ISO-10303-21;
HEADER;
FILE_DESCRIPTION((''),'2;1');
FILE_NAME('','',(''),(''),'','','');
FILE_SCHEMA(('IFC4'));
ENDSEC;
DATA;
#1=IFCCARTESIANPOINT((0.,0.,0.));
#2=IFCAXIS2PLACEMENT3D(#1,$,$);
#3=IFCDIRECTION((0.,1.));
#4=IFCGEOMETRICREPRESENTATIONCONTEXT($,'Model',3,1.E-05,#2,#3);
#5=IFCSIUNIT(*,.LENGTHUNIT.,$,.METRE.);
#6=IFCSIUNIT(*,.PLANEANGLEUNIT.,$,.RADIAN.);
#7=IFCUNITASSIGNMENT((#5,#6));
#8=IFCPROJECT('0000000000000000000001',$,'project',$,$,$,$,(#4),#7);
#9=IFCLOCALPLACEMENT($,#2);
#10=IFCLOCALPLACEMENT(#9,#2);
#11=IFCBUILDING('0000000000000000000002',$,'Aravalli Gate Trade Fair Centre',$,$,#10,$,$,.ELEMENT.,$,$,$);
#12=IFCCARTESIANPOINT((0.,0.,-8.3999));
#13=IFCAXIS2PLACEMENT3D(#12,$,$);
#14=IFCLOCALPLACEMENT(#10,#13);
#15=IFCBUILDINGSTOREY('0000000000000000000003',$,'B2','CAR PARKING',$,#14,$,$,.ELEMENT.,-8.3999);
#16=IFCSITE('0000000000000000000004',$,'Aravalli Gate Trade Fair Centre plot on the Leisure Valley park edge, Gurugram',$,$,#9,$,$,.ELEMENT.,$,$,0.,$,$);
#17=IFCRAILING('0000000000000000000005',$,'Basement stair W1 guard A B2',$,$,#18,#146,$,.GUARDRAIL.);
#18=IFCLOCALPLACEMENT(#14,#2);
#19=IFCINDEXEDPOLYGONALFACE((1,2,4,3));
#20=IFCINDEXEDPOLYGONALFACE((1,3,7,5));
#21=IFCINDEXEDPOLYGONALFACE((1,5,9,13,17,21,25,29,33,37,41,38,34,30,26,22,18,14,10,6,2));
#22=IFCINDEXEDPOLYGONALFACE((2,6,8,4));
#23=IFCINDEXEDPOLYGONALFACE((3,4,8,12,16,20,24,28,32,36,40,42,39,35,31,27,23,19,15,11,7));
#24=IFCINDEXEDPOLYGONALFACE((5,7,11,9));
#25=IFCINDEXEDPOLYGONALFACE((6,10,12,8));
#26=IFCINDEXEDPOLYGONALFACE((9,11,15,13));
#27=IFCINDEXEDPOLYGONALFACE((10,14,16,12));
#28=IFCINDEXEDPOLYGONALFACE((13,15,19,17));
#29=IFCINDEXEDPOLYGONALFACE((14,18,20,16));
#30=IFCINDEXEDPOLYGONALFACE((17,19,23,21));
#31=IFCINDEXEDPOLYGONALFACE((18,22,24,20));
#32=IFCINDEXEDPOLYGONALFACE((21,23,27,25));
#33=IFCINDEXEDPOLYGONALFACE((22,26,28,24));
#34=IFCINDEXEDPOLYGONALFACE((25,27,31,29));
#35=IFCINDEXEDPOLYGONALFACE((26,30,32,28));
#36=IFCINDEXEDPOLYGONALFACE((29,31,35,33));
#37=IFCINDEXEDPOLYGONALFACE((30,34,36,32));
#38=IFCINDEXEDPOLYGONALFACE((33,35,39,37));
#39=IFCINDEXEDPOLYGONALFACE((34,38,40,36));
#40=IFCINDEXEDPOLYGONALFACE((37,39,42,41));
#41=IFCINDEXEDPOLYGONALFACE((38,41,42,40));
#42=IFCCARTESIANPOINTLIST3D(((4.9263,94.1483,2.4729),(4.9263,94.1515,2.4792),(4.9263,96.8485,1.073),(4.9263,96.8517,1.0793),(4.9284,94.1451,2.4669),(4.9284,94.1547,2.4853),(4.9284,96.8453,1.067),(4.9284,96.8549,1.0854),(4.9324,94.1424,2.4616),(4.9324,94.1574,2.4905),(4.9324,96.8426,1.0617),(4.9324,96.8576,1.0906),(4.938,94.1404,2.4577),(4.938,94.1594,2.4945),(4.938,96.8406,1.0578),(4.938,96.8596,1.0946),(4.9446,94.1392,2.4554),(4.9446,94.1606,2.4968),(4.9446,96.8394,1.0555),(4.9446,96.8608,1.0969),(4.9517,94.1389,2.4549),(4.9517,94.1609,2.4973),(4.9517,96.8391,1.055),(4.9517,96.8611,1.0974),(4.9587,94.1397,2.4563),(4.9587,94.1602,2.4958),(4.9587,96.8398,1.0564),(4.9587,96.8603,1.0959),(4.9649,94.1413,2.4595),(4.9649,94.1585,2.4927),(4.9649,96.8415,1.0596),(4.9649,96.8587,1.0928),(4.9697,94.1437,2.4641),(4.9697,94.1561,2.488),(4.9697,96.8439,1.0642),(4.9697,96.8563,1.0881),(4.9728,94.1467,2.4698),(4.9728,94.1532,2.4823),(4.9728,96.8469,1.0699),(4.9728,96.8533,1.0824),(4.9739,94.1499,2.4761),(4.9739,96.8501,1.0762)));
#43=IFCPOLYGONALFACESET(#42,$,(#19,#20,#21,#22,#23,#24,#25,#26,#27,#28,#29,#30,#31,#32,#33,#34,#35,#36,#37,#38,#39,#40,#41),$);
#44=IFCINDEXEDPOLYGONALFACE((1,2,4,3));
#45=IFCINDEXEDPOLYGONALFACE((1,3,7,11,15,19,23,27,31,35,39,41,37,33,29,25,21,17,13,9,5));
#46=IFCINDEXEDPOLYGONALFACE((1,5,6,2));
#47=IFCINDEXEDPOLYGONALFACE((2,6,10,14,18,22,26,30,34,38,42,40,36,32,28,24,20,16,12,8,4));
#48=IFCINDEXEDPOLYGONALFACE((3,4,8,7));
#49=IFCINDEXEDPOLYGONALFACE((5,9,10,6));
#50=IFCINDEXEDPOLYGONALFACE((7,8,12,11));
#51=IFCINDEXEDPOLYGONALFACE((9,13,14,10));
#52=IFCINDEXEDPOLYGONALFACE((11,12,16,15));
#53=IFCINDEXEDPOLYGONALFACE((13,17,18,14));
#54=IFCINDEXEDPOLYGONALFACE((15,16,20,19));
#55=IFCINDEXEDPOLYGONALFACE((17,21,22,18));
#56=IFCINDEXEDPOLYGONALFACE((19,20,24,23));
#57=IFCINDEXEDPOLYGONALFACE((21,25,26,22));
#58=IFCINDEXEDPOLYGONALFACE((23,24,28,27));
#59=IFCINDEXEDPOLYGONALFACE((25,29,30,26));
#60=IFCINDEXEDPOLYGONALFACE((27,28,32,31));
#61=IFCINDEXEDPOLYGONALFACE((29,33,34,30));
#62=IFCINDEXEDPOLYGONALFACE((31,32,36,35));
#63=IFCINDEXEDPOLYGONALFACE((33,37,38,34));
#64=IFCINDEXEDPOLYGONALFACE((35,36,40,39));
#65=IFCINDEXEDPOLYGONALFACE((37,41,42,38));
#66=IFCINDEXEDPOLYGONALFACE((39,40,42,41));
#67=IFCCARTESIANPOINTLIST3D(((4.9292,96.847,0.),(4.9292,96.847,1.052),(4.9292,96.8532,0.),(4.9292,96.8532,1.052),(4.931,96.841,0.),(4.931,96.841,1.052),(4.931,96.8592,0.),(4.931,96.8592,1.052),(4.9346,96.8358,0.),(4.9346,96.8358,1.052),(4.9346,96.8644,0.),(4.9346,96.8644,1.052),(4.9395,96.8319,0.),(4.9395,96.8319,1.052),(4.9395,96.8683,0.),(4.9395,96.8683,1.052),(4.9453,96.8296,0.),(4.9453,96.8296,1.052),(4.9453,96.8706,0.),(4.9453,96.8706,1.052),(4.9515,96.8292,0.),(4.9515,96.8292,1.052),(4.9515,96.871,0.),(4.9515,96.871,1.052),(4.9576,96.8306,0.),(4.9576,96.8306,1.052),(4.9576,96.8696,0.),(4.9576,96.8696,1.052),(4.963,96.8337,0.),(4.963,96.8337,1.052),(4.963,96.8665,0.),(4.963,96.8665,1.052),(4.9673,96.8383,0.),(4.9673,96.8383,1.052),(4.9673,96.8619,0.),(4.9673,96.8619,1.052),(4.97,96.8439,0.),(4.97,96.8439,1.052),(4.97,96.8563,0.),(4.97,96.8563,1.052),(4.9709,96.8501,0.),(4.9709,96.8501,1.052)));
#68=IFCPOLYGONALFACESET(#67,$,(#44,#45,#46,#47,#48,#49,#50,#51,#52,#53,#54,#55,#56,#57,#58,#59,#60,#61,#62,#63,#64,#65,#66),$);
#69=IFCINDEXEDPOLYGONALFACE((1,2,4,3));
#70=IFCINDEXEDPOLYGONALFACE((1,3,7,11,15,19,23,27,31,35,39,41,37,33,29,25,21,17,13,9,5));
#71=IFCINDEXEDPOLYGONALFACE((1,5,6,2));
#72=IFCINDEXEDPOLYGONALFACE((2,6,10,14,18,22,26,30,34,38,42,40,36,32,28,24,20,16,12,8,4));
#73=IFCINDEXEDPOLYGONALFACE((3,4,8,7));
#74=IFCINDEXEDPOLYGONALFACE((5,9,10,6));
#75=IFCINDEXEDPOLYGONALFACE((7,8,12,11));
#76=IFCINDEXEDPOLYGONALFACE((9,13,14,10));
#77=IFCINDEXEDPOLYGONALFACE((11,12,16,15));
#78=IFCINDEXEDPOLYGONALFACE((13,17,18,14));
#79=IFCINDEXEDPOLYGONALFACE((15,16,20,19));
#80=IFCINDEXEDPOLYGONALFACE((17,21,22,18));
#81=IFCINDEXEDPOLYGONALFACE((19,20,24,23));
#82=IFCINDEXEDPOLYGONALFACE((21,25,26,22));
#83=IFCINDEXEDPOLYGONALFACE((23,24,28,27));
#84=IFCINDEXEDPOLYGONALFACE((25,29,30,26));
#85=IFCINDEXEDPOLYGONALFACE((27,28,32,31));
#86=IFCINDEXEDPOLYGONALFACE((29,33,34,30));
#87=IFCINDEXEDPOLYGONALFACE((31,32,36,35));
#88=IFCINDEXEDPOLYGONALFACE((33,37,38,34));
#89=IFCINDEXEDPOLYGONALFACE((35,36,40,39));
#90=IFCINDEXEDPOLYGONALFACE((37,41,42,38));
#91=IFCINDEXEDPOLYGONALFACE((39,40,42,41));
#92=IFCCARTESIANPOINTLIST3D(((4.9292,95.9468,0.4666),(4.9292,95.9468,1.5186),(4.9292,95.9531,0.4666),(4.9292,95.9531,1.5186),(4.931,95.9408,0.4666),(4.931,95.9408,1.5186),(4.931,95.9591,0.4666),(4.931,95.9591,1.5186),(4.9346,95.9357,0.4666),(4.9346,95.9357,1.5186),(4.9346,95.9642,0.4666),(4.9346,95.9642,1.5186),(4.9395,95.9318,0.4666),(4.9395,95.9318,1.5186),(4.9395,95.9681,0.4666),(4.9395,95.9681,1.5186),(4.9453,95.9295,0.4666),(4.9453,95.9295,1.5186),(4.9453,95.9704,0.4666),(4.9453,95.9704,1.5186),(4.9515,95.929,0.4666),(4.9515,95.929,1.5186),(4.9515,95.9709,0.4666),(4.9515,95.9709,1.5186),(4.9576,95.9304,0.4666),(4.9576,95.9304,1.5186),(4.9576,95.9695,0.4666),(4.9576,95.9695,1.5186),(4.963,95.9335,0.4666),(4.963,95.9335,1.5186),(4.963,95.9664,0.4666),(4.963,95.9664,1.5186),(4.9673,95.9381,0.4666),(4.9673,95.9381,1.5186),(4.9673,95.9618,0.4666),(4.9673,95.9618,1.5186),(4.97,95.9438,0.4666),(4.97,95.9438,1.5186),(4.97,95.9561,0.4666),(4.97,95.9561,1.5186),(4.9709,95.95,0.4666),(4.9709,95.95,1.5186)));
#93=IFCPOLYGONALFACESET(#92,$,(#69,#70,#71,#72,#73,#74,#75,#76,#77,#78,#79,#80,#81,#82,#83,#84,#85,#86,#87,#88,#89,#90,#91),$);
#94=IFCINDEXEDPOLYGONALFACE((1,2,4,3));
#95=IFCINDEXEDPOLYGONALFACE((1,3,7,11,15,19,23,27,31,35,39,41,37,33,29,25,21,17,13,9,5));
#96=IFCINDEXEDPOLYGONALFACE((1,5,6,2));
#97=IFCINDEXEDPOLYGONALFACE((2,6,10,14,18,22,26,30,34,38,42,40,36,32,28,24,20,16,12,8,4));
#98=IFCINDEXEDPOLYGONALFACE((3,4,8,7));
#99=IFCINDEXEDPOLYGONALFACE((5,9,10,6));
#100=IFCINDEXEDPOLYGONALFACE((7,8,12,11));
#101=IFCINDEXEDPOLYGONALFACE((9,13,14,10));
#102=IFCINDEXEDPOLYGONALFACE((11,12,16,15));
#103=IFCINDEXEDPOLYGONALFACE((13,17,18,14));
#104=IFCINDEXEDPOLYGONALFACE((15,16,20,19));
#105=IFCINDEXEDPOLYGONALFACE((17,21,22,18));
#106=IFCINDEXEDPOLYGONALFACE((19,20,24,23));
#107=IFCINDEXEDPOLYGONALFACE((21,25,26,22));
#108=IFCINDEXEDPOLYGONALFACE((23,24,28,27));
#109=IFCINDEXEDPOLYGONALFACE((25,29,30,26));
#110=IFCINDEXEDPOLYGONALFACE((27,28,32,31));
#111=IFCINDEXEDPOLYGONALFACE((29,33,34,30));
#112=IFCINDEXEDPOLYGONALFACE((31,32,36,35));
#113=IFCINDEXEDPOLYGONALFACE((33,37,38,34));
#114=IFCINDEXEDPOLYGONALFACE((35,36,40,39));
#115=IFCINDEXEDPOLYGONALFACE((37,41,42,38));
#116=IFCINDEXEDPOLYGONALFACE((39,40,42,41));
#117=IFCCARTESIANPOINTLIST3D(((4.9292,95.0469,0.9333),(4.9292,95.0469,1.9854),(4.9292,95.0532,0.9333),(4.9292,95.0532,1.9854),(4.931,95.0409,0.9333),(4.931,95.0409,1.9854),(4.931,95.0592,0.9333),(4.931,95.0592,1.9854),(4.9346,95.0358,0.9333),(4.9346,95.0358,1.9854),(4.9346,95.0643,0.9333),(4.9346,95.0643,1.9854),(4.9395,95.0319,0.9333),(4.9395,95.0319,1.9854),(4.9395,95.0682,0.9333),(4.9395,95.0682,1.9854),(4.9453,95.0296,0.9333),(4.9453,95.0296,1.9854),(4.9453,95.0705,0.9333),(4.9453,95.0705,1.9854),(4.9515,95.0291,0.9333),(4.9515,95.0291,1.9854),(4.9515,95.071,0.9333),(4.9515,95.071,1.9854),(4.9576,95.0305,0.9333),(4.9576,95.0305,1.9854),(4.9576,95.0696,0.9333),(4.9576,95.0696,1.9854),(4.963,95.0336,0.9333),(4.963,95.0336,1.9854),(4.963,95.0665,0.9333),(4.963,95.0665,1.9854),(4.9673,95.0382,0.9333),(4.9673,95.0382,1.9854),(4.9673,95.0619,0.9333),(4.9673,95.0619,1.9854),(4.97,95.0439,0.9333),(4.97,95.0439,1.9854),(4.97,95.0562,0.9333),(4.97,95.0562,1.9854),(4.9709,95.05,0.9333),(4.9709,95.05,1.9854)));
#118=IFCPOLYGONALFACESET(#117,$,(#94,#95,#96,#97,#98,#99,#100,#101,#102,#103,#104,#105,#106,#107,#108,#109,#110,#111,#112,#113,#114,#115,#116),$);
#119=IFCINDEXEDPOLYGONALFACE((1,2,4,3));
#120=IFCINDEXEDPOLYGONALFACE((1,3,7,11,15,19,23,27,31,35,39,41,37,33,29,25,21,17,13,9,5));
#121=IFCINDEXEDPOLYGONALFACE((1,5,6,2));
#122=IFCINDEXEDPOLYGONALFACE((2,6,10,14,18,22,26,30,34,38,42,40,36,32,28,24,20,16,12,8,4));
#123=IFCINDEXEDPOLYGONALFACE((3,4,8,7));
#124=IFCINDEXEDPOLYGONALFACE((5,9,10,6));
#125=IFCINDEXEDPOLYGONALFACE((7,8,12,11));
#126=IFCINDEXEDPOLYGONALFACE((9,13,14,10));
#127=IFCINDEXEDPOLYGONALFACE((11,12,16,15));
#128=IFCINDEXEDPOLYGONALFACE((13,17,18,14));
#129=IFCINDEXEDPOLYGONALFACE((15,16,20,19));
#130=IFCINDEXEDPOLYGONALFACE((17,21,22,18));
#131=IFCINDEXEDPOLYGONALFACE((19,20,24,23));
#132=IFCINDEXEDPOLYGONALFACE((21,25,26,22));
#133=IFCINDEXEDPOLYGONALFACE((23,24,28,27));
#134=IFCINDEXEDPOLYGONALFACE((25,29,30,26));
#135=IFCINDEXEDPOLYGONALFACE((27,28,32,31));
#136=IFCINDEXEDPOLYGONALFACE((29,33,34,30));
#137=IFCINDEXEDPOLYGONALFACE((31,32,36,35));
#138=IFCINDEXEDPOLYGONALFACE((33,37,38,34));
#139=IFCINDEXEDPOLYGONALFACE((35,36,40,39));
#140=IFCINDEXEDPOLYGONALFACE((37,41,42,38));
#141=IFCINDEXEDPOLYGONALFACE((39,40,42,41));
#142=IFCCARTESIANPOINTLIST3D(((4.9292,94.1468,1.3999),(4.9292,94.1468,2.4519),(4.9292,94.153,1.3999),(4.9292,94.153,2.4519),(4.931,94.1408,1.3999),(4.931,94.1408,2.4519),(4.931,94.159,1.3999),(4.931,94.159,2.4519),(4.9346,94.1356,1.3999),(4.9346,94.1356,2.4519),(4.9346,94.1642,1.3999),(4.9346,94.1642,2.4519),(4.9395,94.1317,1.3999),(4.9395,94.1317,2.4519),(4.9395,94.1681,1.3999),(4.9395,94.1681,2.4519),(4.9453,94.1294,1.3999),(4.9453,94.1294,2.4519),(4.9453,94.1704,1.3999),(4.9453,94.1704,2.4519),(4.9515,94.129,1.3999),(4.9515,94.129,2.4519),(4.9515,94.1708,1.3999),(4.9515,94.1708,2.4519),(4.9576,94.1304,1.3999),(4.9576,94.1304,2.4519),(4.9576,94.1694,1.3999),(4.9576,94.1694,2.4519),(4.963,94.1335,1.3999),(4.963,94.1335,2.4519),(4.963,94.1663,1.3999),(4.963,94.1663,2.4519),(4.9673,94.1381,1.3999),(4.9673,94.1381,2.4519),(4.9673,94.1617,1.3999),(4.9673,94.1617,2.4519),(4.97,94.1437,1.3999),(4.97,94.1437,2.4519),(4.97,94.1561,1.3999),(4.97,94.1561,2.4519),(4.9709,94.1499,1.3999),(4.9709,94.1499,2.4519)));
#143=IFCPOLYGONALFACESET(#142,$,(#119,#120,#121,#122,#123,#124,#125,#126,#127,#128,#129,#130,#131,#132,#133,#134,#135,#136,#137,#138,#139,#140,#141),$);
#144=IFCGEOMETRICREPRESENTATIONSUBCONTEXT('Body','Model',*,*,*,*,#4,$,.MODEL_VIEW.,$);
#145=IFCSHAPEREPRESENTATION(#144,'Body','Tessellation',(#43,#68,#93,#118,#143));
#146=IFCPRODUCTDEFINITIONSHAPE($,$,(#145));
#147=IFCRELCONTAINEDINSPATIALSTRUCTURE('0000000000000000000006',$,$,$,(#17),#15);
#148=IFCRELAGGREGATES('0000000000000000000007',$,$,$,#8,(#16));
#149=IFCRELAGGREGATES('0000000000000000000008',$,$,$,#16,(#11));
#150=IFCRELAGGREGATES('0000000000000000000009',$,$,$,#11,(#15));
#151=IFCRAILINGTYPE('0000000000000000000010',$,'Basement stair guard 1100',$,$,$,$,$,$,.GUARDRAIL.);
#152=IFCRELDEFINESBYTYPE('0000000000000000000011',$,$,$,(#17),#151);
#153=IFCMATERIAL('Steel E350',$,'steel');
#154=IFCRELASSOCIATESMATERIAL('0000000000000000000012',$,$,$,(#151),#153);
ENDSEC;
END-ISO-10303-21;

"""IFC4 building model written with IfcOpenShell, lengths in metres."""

from ifc_helpers import new_model, si_unit, direction, frame, origin, origin_2d, place, context, subcontext, project, spatial, circle, extrude, material, type_object, element, save


model = new_model("IFC4")

# Units and contexts
model_context = context("Model", 3, precision=1e-05, world=origin(), true_north=direction((0.0, 1.0)))
body_context = subcontext(model_context, "Body", "Model", "MODEL_VIEW")
ifc_project = project(units=[si_unit("LENGTHUNIT", "METRE"), si_unit("PLANEANGLEUNIT", "RADIAN")], contexts=[model_context])

# Site, building, storey
site_placement = place(None, origin())
site = spatial("IfcSite", under=ifc_project, at=site_placement, Name="Aravalli Gate Trade Fair Centre plot on the Leisure Valley park edge, Gurugram", CompositionType="ELEMENT", RefElevation=0.0)
building_placement = place(site_placement, origin())
building = spatial("IfcBuilding", under=site, at=building_placement, Name="Aravalli Gate Trade Fair Centre", CompositionType="ELEMENT")
storey_placement = place(building_placement, frame((0.0, 0.0, -8.3999)))
storey = spatial("IfcBuildingStorey", under=building, at=storey_placement, Name="B2", Description="CAR PARKING", CompositionType="ELEMENT", Elevation=-8.3999)

# Railing
ifc_material_1 = material(Name="Steel E350", Category="steel")
railing_type_1 = type_object("IfcRailingType", Name="Basement stair guard 1100", PredefinedType="GUARDRAIL", material=ifc_material_1)
railing_1_placement = place(storey_placement, frame((4.95, 96.8501, 0.0)))
element("IfcRailing", 1, at=railing_1_placement, inside=storey, type_object=railing_type_1, Name="Basement stair W1 guard A B2", PredefinedType="GUARDRAIL", context=body_context, shape_type="SweptSolid", body=[
    extrude(circle(Radius=0.0239, at=origin_2d()), frame((0.0, 0.0, 1.0762), z_axis=(0.0, -0.887781, 0.460266), x_axis=(1.0, 0.0, 0.0)), (0.0, 0.0, 1.0), 3.0415),
    extrude(circle(Radius=0.021, at=origin_2d()), origin(), (0.0, 0.0, 1.0), 1.052),
    extrude(circle(Radius=0.021, at=origin_2d()), frame((0.0, -0.9001, 0.4666)), (0.0, 0.0, 1.0), 1.052),
    extrude(circle(Radius=0.021, at=origin_2d()), frame((0.0, -1.8, 0.9333)), (0.0, 0.0, 1.0), 1.052),
    extrude(circle(Radius=0.021, at=origin_2d()), frame((0.0, -2.7002, 1.3999)), (0.0, 0.0, 1.0), 1.052),
])

save(model, "model.ifc")
